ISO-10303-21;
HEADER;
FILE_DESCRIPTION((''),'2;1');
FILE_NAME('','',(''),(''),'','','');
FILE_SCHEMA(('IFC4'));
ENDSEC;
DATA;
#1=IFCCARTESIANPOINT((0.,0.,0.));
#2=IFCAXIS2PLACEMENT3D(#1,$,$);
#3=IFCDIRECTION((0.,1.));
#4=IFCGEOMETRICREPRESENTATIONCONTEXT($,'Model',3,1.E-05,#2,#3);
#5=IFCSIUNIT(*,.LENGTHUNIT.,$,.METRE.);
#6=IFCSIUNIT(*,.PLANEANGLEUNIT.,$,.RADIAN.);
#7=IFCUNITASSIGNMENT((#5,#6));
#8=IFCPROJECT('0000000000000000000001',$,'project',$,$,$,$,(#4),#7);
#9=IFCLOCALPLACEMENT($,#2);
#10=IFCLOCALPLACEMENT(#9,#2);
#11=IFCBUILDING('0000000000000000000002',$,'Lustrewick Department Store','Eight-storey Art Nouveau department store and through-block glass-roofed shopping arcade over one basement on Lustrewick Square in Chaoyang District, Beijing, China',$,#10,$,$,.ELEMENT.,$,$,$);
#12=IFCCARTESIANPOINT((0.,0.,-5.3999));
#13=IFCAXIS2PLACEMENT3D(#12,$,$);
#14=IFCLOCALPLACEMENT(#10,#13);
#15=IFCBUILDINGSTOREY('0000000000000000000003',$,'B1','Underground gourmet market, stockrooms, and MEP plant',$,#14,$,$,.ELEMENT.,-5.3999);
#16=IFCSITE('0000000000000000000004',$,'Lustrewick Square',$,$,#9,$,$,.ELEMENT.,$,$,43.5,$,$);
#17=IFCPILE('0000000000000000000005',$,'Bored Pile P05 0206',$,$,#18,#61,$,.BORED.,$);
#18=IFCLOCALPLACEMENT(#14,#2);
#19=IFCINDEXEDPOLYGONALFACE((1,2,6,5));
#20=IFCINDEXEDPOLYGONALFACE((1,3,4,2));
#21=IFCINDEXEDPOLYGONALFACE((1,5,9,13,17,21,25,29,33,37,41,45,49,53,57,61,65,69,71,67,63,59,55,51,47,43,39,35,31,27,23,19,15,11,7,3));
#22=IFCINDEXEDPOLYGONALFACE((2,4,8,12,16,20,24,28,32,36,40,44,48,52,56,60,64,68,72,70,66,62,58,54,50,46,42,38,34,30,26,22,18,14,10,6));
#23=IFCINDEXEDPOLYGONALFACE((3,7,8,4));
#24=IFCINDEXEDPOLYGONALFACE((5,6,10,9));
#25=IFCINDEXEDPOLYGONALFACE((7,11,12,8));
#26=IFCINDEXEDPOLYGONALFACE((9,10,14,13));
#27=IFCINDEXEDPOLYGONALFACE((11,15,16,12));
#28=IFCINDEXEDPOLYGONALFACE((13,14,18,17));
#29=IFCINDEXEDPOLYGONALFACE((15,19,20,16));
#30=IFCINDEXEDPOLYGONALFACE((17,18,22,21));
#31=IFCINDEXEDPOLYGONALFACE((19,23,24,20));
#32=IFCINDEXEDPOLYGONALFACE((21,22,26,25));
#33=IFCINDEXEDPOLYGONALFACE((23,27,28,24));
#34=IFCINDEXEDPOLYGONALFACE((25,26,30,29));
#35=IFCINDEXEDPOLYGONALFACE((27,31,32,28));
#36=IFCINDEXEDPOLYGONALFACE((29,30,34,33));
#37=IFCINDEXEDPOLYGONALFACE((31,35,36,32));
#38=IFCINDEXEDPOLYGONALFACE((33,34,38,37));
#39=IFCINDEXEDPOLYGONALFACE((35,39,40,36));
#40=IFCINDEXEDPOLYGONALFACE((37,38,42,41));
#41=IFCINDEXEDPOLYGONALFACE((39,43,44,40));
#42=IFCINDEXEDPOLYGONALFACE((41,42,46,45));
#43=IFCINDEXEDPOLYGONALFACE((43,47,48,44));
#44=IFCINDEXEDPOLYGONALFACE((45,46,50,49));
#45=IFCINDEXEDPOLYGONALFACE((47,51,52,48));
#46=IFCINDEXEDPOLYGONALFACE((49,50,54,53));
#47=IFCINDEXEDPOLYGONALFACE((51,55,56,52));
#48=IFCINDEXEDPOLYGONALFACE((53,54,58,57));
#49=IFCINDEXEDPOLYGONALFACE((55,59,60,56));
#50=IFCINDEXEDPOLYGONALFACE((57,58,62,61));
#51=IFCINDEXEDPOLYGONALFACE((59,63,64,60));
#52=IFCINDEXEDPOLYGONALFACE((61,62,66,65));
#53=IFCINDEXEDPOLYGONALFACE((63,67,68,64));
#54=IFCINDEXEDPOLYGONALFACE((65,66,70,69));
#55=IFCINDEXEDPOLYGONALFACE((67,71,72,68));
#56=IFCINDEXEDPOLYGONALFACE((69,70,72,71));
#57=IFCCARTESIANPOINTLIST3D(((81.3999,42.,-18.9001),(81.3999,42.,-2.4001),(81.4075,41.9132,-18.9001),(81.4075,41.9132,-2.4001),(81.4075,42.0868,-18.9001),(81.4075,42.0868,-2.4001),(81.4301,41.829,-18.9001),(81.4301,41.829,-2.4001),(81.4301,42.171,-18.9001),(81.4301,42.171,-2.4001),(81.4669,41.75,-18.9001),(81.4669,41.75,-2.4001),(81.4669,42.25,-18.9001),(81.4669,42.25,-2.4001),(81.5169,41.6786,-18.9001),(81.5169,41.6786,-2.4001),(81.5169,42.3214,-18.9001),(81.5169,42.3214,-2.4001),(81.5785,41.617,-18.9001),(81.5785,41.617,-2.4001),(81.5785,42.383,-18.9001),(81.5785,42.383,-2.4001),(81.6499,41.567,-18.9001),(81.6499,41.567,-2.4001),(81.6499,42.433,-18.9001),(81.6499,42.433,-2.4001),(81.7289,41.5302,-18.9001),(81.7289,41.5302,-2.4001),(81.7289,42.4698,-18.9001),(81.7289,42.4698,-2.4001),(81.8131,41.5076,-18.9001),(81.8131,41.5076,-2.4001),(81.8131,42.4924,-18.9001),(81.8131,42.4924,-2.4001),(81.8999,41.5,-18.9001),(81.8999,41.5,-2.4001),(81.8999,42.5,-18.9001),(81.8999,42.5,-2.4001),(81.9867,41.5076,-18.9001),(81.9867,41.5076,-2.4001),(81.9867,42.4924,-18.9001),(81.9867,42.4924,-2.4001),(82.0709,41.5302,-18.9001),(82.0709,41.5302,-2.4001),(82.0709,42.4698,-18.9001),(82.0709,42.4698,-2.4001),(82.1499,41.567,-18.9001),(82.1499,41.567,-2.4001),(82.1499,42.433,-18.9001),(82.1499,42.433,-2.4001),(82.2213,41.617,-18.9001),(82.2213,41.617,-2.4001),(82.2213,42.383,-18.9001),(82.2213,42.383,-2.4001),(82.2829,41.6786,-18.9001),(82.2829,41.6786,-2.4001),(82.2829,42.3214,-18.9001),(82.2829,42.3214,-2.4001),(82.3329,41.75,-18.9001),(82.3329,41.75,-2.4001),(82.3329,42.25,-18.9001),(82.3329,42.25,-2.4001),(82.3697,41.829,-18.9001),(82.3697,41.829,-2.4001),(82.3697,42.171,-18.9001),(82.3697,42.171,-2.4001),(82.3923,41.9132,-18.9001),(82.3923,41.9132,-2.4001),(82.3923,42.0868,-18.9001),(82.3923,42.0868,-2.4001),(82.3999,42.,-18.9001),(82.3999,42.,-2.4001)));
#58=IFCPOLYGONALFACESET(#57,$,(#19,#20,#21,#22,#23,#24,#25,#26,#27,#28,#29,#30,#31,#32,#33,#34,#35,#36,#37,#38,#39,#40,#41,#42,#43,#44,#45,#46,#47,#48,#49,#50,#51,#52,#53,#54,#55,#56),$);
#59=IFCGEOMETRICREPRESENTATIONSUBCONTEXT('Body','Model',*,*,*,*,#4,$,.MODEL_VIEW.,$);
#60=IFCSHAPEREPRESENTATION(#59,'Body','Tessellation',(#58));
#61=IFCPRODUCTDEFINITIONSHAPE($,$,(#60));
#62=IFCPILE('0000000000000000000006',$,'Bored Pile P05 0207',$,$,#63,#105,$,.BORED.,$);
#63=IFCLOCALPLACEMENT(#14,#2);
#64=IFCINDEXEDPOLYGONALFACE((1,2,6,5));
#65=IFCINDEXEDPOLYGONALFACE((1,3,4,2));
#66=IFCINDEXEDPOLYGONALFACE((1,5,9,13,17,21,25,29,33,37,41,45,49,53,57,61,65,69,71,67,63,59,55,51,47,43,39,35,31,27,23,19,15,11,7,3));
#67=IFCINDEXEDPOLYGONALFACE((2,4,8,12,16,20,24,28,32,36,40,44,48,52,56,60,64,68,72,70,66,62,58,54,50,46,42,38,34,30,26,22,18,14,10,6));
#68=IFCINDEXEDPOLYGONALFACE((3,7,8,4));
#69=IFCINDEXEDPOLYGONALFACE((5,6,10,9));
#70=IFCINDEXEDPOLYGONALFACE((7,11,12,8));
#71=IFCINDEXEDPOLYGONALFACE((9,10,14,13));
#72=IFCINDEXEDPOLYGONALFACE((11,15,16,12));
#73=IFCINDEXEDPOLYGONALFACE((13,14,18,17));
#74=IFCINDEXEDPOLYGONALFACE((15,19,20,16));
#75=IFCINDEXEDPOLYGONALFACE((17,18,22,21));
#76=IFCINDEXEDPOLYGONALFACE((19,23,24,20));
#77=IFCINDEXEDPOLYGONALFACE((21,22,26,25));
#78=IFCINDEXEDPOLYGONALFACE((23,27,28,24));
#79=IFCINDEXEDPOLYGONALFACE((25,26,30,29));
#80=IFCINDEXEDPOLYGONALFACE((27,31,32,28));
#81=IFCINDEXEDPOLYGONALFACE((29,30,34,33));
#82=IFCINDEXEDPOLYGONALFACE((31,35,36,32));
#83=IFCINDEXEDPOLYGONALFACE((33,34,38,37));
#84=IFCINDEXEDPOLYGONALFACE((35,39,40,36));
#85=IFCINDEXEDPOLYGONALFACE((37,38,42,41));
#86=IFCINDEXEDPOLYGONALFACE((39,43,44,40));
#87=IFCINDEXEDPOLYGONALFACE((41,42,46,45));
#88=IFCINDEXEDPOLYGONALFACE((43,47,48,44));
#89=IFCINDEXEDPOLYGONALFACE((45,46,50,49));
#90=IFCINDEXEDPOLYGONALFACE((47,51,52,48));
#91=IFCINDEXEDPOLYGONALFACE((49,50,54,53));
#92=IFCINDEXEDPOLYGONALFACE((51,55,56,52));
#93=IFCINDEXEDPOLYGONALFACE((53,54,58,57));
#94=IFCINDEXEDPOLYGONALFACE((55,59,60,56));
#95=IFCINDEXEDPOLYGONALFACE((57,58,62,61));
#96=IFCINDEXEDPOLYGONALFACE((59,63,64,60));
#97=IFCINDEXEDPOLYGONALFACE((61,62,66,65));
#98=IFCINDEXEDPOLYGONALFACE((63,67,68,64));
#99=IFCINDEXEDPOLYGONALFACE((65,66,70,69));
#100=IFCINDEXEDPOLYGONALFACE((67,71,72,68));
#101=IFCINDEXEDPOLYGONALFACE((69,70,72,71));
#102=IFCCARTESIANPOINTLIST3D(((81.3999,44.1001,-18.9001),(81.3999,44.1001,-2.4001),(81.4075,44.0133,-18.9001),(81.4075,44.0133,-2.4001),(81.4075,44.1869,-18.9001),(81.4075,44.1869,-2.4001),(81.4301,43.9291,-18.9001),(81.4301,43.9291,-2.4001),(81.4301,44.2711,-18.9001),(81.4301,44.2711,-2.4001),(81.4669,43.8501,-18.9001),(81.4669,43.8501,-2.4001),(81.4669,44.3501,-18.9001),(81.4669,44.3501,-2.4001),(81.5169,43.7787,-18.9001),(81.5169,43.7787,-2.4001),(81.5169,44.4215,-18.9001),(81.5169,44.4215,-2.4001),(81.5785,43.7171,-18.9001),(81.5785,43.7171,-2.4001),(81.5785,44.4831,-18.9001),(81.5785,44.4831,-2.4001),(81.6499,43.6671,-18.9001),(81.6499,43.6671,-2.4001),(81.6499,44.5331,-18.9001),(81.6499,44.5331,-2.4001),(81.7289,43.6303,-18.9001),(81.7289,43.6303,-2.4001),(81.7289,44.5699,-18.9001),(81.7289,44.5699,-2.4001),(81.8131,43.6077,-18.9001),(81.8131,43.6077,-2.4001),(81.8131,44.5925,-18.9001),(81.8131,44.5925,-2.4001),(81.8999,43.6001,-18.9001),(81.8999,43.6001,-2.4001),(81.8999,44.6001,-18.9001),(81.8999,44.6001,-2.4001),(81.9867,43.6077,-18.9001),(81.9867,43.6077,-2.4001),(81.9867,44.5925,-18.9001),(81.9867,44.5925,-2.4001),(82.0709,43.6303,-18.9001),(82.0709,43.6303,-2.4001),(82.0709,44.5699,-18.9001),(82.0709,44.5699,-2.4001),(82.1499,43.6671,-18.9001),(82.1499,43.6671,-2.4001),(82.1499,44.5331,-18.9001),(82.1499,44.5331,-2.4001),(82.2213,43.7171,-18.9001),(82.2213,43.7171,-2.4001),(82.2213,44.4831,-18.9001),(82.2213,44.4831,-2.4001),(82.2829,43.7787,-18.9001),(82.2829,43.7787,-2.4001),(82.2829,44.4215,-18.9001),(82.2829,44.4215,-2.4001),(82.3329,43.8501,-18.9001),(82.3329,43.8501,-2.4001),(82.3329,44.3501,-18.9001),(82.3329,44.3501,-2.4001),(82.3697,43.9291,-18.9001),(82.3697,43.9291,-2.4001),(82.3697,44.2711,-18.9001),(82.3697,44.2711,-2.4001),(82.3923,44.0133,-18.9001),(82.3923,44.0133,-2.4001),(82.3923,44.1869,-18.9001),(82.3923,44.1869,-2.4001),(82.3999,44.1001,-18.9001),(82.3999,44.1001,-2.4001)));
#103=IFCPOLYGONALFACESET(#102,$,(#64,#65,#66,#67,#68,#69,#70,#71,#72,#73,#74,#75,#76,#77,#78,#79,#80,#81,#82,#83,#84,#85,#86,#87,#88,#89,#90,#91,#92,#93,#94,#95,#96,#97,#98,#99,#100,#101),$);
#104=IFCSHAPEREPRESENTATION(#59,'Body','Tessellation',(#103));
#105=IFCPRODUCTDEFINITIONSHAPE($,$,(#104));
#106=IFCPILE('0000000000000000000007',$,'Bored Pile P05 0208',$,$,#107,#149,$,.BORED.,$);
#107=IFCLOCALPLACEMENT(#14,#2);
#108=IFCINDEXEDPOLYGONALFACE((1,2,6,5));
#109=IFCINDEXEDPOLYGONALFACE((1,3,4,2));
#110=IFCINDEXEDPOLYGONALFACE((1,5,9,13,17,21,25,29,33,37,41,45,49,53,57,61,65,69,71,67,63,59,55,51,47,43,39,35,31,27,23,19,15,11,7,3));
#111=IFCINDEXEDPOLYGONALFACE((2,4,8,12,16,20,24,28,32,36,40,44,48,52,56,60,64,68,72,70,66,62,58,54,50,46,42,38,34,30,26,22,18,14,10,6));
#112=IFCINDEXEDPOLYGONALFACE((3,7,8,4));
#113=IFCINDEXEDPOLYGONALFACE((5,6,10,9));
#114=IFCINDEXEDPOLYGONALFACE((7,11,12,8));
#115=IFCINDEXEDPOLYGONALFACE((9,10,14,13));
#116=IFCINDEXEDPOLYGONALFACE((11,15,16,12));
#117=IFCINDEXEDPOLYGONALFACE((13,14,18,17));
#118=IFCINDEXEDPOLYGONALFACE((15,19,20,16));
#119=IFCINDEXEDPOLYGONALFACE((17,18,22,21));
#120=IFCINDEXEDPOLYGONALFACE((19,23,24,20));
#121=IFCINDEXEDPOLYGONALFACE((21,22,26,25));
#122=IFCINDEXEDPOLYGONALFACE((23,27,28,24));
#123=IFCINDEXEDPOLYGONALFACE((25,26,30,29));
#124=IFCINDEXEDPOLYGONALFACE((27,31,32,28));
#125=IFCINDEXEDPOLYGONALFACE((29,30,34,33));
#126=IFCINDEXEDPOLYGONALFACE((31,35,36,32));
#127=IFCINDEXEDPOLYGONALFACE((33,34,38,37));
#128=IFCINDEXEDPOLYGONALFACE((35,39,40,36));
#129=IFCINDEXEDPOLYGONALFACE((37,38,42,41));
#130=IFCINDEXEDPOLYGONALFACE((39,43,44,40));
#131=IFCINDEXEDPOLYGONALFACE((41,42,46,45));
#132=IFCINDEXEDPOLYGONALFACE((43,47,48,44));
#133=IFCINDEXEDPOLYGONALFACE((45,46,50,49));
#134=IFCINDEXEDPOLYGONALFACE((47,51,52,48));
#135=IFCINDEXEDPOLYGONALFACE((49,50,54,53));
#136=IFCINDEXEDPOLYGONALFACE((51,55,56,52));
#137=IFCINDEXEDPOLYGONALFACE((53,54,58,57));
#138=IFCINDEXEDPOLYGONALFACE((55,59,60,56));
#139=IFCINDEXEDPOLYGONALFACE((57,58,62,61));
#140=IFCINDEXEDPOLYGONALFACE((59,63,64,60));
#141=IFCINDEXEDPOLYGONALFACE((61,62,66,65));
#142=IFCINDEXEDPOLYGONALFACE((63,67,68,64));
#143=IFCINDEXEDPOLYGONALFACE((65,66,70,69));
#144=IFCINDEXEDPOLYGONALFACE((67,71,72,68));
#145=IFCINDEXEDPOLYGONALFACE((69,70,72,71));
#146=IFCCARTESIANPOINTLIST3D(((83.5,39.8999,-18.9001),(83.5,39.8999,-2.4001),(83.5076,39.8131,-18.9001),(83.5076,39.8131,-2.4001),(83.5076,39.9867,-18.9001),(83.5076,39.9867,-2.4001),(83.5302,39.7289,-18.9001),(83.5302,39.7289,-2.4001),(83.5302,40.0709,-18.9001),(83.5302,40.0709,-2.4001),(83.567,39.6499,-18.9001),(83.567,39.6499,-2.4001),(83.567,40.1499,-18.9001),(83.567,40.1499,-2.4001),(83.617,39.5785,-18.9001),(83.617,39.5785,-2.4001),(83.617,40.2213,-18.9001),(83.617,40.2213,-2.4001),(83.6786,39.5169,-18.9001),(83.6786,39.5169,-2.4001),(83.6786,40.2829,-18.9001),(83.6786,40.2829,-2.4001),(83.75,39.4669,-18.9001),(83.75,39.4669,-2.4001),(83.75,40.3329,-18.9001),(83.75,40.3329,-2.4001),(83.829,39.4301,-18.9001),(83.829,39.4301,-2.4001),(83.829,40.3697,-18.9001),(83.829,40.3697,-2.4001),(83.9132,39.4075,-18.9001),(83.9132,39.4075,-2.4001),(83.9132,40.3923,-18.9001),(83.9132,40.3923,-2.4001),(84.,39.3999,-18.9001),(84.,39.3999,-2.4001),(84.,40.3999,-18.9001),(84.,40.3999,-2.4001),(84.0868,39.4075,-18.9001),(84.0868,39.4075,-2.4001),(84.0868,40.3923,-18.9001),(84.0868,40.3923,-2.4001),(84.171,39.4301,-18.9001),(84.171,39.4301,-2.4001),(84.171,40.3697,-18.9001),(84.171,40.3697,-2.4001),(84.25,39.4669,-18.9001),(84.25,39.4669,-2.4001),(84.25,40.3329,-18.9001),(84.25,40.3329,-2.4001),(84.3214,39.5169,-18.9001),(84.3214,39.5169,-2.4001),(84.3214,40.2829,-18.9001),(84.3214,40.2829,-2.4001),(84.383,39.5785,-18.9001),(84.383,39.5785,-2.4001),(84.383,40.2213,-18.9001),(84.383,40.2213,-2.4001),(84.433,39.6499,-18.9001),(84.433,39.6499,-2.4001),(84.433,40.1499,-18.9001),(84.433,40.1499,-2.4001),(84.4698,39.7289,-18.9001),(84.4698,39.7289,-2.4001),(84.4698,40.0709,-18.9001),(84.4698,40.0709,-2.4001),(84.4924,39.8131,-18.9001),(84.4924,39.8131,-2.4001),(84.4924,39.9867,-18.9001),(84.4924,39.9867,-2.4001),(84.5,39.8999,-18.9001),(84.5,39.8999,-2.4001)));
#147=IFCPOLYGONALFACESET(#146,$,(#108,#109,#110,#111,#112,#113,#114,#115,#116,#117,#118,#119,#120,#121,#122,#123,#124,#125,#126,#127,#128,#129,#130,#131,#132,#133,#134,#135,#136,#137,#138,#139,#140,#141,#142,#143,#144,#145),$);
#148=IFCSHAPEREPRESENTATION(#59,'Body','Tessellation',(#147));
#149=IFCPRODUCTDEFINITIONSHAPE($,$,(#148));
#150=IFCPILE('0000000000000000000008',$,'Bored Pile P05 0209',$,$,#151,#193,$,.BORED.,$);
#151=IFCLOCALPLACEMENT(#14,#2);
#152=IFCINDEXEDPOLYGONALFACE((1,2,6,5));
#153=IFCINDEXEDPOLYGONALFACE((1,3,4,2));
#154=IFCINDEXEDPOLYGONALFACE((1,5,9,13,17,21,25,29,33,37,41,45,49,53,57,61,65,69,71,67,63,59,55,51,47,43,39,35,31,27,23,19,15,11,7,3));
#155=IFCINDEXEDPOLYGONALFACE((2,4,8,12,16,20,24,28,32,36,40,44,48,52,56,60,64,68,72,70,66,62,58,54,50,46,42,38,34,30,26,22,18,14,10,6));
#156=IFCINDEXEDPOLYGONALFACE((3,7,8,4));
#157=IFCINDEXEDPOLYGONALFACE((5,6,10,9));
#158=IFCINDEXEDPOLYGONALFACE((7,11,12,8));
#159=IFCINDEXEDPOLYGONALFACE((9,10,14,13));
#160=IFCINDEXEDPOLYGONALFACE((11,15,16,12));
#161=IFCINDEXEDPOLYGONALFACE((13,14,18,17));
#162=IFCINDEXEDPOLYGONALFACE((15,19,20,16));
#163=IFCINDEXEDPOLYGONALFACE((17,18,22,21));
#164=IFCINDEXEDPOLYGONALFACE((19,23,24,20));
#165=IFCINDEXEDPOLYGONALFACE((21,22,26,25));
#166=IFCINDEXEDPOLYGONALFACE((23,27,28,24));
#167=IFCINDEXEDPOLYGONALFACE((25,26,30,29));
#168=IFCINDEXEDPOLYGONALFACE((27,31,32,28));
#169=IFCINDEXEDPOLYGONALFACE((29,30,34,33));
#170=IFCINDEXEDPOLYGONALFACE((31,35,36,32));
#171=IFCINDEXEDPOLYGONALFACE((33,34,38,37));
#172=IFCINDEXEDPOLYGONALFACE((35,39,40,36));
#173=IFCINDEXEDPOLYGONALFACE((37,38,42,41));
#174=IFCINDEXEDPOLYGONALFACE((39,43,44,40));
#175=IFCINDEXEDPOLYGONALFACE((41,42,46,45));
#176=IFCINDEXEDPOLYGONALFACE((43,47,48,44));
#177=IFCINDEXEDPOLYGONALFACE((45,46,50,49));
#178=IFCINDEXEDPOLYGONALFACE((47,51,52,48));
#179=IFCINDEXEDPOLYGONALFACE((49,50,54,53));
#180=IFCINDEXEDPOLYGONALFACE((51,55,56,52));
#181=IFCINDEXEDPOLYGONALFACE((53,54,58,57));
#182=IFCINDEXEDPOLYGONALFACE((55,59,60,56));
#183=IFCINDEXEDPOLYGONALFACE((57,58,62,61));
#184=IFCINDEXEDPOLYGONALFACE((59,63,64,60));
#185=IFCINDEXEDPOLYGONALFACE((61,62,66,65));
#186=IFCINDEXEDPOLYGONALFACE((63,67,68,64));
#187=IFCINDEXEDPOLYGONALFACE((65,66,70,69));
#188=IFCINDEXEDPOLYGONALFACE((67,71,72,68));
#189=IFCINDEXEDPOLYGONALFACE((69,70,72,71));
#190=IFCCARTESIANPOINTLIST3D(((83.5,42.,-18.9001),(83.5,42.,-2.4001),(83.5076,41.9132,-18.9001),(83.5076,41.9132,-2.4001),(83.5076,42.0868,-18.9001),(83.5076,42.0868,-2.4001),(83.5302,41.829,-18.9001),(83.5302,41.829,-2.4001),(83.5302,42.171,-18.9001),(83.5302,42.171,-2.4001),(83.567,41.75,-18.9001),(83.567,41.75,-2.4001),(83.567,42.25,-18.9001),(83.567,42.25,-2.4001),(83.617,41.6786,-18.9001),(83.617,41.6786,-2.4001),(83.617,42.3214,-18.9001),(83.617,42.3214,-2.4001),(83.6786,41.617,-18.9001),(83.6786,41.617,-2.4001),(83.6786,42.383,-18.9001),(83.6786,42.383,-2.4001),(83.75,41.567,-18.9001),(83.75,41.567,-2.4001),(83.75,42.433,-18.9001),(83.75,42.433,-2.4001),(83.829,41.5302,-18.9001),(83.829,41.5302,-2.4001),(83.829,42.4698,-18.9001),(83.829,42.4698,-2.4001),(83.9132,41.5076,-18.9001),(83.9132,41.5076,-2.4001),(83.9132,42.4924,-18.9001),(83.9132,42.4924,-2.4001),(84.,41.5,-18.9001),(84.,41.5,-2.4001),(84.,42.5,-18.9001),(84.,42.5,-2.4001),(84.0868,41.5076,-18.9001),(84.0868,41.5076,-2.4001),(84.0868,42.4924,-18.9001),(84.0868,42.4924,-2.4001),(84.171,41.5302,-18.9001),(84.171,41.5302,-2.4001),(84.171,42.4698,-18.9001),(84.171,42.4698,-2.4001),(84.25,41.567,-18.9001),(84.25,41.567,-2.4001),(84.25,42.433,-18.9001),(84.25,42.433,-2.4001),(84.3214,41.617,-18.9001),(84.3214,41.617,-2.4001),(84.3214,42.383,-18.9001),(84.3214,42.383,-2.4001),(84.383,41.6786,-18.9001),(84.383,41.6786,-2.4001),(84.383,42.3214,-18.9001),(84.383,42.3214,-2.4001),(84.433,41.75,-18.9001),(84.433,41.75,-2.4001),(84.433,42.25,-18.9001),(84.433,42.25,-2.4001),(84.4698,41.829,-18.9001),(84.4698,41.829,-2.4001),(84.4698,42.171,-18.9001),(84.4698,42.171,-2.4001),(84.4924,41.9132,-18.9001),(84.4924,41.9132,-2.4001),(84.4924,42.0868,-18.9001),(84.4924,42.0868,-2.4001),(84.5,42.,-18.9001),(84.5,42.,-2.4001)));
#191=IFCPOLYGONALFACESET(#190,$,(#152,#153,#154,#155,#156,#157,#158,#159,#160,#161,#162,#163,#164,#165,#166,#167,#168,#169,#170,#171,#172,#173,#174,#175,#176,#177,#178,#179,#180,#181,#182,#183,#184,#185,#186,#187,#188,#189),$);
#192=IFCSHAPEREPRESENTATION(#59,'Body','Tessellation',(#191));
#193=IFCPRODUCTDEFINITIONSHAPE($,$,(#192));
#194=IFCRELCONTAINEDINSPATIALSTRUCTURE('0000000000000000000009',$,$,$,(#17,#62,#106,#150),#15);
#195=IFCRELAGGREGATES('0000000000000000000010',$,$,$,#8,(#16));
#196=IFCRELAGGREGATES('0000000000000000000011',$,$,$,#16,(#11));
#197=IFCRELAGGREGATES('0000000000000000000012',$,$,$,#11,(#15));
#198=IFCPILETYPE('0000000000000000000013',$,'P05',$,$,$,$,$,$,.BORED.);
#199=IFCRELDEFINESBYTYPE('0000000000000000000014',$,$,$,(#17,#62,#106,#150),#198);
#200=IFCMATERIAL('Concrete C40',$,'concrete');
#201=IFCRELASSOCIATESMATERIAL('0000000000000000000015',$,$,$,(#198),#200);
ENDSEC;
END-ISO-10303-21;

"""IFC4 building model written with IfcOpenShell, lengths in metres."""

from ifc_helpers import new_model, si_unit, direction, frame, origin, origin_2d, place, context, subcontext, project, spatial, circle, extrude, material, material_profile, profile_set, type_object, element, save


model = new_model("IFC4")

# Units and contexts
model_context = context("Model", 3, precision=1e-05, world=origin(), true_north=direction((0.0, 1.0)))
body_context = subcontext(model_context, "Body", "Model", "MODEL_VIEW")
ifc_project = project(units=[si_unit("LENGTHUNIT", "METRE"), si_unit("PLANEANGLEUNIT", "RADIAN")], contexts=[model_context])

# Site, building, storey
site_placement = place(None, origin())
site = spatial("IfcSite", under=ifc_project, at=site_placement, Name="Lustrewick Square", CompositionType="ELEMENT", RefElevation=43.5)
building_placement = place(site_placement, origin())
building = spatial("IfcBuilding", under=site, at=building_placement, Name="Lustrewick Department Store", Description="Eight-storey Art Nouveau department store and through-block glass-roofed shopping arcade over one basement on Lustrewick Square in Chaoyang District, Beijing, China", CompositionType="ELEMENT")
storey_placement = place(building_placement, frame((0.0, 0.0, -5.3999)))
storey = spatial("IfcBuildingStorey", under=building, at=storey_placement, Name="B1", Description="Underground gourmet market, stockrooms, and MEP plant", CompositionType="ELEMENT", Elevation=-5.3999)

# Piles
ifc_material_1 = material(Name="Concrete C40", Category="concrete")
ifc_material_profile_1 = material_profile(ifc_material_1, circle(Radius=0.5, at=origin_2d()), Name="PILE D1000")
ifc_profile_set_1 = profile_set([ifc_material_profile_1], Name="Concrete C40")
pile_type_1 = type_object("IfcPileType", Name="P05", PredefinedType="BORED", material=ifc_profile_set_1)
for number, where, z_axis, x_axis, name in (
    (1, (81.8999, 42.0, -2.4001), (0.0, 0.0, -1.0), (1.0, 0.0, 0.0), "Bored Pile P05 0206"),
    (2, (81.8999, 44.1001, -2.4001), (0.0, 0.0, -1.0), (1.0, 0.0, 0.0), "Bored Pile P05 0207"),
    (3, (84.0, 39.8999, -2.4001), (0.0, 0.0, -1.0), (1.0, 0.0, 0.0), "Bored Pile P05 0208"),
    (4, (84.0, 42.0, -2.4001), (0.0, 0.0, -1.0), (1.0, 0.0, 0.0), "Bored Pile P05 0209"),
):
    element("IfcPile", number, at=place(storey_placement, frame(where, z_axis=z_axis, x_axis=x_axis)), inside=storey, type_object=pile_type_1, Name=name, PredefinedType="BORED", context=body_context, shape_type="SweptSolid", body=[
        extrude(circle(Radius=0.5, at=origin_2d()), origin(), (0.0, 0.0, 1.0), 16.5),
    ])

save(model, "model.ifc")
